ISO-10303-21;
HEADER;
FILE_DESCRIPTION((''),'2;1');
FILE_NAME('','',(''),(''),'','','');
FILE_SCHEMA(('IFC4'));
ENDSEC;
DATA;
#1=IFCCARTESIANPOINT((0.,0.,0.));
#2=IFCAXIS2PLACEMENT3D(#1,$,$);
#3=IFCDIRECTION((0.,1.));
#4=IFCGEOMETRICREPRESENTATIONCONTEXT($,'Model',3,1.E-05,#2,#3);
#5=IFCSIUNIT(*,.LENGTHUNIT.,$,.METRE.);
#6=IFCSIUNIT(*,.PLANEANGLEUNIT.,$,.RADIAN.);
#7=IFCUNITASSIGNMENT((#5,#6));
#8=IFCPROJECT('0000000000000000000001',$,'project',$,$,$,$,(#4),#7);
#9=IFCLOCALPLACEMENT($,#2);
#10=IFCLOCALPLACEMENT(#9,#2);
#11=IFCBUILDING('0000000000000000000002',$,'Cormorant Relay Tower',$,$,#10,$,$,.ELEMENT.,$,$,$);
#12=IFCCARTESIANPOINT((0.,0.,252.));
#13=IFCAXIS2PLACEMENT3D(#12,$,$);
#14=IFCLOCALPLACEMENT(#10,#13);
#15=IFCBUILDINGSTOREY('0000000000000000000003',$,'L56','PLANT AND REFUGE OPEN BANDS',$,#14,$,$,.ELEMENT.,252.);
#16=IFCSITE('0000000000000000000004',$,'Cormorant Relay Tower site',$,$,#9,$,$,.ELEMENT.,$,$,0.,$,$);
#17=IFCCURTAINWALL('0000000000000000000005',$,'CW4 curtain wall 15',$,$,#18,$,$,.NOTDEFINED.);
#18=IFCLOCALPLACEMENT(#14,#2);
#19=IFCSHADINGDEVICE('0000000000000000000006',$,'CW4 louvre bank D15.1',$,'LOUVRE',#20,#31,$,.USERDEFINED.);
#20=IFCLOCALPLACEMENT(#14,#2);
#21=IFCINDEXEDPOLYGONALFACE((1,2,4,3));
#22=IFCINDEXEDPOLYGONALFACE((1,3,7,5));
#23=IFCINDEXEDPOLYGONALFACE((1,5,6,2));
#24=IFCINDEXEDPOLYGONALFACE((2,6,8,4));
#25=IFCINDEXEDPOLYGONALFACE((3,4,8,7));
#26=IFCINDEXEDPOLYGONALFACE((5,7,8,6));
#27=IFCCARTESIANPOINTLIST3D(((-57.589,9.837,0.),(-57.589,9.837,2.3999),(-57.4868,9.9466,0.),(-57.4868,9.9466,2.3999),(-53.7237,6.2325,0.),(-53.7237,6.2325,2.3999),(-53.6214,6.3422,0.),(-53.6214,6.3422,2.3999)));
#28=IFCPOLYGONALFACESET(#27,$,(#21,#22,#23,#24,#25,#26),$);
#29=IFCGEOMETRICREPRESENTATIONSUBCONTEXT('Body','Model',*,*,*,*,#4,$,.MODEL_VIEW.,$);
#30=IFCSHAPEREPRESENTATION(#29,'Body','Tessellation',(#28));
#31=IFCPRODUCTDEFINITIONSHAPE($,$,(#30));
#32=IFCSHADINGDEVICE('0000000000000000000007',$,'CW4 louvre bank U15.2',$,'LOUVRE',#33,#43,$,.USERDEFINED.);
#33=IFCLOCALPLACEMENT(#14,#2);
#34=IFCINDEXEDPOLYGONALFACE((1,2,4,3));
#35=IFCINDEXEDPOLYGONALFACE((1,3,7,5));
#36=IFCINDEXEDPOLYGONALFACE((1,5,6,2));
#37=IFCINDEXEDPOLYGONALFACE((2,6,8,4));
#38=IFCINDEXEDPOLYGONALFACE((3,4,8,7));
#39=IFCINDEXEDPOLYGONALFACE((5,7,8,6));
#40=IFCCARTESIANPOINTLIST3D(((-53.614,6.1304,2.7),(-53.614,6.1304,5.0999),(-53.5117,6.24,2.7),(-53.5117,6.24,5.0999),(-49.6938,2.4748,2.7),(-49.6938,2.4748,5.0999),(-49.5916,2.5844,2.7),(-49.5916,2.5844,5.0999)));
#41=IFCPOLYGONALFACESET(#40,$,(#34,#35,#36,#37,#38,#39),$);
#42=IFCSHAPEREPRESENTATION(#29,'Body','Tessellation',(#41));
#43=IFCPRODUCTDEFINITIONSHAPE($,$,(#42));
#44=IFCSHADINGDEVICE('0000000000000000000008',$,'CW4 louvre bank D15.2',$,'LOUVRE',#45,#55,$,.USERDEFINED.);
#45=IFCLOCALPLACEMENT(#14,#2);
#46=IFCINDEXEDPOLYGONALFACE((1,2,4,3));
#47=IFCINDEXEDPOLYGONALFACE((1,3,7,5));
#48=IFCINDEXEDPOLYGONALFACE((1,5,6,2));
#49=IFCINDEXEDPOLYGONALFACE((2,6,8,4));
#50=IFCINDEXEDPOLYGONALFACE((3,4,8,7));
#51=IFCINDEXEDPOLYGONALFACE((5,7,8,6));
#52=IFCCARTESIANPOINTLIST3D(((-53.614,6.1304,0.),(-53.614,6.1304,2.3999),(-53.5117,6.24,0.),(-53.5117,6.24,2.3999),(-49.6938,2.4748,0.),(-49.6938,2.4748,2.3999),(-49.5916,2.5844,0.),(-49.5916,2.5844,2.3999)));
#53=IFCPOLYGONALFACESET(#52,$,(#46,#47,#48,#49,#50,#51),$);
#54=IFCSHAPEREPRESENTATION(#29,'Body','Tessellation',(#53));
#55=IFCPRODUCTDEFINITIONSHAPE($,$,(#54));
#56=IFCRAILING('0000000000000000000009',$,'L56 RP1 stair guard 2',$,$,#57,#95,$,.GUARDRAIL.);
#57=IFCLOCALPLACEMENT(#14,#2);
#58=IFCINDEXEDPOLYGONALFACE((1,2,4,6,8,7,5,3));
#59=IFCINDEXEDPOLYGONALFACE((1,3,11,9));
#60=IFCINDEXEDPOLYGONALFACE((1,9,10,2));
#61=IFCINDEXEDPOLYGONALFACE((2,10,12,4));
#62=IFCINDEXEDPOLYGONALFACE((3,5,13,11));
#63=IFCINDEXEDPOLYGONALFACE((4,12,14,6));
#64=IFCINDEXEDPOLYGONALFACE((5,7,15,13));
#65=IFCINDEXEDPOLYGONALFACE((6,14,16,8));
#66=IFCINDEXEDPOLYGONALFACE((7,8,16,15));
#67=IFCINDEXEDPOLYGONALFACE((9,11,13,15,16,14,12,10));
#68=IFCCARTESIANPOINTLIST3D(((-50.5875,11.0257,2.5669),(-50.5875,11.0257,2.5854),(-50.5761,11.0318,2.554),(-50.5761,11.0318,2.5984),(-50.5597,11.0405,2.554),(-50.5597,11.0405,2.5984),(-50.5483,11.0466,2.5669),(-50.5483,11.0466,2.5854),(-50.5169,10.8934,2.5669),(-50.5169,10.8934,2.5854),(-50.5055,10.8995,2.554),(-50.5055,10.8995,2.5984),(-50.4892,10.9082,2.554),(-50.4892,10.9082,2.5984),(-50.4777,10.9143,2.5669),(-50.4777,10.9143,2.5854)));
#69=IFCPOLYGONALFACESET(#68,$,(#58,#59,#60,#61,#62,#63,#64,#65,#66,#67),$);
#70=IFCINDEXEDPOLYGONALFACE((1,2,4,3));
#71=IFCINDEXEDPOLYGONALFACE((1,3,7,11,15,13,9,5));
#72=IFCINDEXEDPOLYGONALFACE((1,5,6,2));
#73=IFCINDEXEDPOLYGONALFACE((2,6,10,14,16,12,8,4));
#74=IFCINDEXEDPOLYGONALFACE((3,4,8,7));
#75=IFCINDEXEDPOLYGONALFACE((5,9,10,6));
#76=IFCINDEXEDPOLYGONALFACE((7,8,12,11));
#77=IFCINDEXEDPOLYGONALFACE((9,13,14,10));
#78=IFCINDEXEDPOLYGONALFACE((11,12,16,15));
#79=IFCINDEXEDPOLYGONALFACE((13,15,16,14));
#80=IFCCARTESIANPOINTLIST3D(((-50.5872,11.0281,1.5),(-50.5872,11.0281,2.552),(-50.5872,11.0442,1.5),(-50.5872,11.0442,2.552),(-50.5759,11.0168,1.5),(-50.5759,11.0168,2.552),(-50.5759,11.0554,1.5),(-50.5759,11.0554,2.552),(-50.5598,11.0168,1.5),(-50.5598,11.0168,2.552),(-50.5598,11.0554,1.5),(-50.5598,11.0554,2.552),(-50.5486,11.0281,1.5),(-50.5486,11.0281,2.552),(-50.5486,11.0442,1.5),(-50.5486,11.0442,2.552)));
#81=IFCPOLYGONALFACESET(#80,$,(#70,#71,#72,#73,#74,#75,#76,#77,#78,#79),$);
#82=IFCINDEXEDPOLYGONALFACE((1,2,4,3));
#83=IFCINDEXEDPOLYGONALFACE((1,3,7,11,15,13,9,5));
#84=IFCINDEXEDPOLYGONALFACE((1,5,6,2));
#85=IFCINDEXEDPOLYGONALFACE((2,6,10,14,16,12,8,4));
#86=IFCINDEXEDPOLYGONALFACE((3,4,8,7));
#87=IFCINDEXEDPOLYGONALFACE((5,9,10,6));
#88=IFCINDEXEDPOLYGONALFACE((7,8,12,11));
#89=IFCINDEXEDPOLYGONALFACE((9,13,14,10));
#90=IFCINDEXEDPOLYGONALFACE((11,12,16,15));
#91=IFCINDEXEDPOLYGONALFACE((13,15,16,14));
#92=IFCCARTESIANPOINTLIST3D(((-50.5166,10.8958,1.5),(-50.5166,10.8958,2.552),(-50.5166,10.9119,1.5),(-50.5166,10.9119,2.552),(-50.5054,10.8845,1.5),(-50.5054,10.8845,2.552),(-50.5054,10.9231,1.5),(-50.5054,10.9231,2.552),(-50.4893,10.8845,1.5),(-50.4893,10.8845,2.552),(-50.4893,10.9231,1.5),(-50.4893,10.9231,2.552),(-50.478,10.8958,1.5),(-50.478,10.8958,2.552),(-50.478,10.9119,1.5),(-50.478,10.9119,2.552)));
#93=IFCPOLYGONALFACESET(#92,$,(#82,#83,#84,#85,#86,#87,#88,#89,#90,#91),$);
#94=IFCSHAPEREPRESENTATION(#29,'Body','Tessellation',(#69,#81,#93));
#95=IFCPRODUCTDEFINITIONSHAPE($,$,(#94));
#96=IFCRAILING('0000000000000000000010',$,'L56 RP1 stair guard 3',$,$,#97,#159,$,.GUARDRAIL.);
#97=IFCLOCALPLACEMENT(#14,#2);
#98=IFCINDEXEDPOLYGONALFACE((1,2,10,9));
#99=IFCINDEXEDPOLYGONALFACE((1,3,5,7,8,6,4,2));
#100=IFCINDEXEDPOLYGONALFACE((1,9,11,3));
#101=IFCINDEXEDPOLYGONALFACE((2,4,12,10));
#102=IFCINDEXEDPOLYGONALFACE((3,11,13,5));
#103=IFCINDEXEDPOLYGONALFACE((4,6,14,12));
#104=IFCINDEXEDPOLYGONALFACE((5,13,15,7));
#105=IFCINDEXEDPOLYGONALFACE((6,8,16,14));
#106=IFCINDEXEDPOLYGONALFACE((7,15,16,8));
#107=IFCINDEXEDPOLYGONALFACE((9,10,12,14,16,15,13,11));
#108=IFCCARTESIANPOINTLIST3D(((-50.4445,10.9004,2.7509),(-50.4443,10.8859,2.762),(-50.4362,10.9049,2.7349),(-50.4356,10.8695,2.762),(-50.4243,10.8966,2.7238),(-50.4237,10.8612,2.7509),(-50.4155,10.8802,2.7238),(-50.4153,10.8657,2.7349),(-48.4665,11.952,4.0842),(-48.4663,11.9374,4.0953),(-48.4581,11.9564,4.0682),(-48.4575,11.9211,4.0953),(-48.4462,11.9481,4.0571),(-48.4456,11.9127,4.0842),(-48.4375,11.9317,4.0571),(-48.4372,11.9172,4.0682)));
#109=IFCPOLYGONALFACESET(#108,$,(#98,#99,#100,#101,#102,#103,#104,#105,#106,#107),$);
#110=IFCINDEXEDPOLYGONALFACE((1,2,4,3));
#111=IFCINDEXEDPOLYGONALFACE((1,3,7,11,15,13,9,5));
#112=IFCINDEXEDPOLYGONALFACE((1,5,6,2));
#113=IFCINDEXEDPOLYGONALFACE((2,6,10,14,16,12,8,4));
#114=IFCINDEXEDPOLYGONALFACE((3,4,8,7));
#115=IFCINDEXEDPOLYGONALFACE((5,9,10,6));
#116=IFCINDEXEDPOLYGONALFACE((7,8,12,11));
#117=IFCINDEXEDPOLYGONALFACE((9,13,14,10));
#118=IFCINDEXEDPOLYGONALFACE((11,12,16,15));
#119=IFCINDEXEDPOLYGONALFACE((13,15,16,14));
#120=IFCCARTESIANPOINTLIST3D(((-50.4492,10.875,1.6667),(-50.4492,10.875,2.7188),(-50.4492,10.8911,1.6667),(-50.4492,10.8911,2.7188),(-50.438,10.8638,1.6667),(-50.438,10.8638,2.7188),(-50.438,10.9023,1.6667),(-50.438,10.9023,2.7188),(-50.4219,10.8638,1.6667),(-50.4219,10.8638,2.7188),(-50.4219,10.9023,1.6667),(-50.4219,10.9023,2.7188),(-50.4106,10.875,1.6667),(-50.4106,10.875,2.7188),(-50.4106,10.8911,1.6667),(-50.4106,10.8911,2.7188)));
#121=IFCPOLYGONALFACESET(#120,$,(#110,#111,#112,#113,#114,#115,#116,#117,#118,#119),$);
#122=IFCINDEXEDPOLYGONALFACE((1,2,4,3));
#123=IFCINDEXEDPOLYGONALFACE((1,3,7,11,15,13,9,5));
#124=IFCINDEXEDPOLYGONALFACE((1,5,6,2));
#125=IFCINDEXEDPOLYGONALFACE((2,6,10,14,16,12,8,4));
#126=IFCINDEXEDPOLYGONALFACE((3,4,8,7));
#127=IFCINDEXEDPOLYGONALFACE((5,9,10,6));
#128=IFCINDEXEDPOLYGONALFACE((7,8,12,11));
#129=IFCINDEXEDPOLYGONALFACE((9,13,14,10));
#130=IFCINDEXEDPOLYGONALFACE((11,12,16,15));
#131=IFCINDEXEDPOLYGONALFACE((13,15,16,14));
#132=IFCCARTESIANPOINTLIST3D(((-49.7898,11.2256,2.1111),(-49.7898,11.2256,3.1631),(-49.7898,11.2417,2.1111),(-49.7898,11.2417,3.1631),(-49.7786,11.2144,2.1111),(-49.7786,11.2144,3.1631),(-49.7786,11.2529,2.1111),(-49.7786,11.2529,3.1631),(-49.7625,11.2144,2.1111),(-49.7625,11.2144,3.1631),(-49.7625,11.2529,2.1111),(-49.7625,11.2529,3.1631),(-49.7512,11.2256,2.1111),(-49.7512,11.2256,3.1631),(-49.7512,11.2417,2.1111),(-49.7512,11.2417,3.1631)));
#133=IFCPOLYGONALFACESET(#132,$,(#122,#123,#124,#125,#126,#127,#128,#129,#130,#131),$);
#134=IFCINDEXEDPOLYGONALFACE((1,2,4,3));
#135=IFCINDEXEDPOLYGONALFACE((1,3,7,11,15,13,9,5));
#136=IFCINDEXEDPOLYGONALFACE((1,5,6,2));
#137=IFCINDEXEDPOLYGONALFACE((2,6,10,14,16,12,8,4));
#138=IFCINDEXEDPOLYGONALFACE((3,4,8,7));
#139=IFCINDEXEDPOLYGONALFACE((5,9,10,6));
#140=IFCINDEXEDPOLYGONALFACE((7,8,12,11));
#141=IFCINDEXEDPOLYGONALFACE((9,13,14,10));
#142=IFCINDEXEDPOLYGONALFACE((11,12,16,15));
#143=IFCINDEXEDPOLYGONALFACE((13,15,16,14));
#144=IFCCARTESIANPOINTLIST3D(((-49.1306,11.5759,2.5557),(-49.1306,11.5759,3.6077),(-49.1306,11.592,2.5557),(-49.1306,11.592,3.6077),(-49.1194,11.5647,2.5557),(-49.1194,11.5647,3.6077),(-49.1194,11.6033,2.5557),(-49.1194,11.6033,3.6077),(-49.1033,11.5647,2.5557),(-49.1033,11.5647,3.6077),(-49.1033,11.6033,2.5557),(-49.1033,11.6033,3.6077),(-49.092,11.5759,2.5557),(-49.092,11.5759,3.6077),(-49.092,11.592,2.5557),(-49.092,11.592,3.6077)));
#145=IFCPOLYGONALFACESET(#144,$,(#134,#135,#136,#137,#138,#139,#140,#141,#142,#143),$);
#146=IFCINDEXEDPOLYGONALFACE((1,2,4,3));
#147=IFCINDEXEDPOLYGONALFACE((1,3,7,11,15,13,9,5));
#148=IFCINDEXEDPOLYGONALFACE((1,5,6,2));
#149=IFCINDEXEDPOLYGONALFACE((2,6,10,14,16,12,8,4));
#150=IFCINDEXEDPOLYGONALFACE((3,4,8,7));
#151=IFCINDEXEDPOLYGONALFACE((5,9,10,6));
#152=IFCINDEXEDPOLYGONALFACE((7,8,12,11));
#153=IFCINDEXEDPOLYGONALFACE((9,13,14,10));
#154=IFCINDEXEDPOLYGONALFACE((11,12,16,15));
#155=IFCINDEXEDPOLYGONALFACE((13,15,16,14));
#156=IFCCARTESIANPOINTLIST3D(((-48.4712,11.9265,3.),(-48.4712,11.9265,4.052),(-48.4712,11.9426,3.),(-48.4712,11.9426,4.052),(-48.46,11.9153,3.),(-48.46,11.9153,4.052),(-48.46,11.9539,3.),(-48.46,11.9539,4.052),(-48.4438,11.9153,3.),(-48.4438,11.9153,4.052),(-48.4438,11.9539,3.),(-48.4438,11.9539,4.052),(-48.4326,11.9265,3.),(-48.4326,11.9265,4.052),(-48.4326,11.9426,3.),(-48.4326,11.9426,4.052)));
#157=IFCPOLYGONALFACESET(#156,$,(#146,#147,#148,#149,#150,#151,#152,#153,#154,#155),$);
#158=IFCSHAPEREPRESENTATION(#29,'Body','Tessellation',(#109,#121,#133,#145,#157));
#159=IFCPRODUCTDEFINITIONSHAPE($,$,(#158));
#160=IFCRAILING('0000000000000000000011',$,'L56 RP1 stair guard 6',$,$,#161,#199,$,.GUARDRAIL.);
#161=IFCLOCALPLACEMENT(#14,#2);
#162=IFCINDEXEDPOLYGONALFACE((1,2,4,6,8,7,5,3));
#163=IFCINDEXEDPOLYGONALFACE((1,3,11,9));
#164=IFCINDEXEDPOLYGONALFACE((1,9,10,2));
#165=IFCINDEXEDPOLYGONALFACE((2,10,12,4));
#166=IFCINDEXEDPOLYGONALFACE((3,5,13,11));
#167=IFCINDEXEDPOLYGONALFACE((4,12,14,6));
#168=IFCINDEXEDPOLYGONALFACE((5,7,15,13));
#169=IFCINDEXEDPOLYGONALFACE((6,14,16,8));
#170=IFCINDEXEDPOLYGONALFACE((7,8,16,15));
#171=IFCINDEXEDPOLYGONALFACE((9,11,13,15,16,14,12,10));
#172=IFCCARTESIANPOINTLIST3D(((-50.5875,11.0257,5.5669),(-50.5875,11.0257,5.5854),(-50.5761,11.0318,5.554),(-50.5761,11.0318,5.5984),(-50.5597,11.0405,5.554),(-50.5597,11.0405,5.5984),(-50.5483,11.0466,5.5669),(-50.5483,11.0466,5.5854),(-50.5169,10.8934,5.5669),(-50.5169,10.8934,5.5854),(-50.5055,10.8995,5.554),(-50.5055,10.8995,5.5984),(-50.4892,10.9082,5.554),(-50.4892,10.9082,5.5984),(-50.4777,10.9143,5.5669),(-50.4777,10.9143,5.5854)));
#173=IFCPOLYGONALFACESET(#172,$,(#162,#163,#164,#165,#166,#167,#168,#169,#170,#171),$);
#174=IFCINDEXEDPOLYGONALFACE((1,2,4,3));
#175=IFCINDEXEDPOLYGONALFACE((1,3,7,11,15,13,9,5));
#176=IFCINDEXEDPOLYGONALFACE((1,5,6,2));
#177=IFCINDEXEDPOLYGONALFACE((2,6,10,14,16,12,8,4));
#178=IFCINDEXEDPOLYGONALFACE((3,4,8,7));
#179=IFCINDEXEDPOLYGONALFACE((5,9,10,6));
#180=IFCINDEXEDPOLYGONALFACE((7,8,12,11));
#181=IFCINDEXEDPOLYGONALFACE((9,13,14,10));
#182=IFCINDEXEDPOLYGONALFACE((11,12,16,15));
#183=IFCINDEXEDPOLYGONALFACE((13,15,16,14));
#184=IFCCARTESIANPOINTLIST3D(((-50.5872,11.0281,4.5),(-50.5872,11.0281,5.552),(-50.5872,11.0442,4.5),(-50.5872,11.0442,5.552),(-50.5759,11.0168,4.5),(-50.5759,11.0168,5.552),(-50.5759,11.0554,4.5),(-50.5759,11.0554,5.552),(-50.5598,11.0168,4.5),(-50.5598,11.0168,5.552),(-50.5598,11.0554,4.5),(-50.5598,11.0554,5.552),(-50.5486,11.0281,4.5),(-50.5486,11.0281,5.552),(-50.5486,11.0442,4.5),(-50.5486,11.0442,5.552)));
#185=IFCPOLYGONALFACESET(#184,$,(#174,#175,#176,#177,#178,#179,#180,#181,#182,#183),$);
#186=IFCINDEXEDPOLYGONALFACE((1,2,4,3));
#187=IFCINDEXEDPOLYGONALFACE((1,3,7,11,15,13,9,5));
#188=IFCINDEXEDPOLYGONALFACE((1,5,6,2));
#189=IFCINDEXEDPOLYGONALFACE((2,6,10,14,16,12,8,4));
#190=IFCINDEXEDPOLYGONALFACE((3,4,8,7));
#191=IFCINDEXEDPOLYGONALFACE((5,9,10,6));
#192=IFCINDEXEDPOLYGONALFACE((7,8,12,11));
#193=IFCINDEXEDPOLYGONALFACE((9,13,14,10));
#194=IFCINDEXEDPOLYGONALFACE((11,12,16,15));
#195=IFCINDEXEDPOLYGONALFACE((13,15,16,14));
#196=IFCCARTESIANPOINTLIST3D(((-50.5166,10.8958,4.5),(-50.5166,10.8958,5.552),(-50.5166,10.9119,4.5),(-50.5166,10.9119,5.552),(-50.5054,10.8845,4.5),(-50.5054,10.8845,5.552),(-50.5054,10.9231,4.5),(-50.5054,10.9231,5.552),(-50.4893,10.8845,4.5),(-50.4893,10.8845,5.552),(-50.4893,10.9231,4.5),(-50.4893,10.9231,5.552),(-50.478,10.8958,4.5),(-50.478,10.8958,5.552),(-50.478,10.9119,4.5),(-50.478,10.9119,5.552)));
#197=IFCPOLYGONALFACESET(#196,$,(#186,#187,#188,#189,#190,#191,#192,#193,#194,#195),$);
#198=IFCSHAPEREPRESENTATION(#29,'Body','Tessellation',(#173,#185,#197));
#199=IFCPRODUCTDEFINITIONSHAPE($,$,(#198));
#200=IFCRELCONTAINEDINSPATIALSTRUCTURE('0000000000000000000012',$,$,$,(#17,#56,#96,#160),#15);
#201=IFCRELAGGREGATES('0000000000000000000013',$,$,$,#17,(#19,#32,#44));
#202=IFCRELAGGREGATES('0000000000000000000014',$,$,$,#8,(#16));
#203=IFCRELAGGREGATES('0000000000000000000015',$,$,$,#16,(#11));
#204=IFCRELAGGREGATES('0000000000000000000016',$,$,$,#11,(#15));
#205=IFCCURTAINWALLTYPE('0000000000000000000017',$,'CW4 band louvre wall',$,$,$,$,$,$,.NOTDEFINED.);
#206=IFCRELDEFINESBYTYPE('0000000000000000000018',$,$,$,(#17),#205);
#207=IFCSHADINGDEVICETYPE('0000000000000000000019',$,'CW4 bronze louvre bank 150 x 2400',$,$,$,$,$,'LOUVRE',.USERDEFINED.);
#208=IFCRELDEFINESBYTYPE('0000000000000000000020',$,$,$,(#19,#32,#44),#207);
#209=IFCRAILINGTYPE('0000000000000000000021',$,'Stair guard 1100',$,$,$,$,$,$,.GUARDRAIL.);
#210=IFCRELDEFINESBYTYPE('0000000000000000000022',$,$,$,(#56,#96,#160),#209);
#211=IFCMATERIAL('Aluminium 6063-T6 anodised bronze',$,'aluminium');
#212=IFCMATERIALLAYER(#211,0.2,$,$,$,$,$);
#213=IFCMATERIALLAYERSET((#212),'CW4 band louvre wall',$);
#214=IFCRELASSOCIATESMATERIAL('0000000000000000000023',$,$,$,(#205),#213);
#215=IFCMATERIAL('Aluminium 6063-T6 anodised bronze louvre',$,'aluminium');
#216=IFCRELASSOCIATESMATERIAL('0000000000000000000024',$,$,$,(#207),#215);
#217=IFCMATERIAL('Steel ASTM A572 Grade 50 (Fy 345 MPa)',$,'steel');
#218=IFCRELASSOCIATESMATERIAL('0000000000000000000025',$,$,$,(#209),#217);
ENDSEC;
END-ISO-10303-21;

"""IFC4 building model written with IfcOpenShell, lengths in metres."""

from ifc_helpers import new_model, si_unit, direction, frame, origin, origin_2d, place, context, subcontext, project, spatial, polyline, rectangle, outline, extrude, material, layer, layer_set, type_object, element, aggregate, save


model = new_model("IFC4")

# Units and contexts
model_context = context("Model", 3, precision=1e-05, world=origin(), true_north=direction((0.0, 1.0)))
body_context = subcontext(model_context, "Body", "Model", "MODEL_VIEW")
ifc_project = project(units=[si_unit("LENGTHUNIT", "METRE"), si_unit("PLANEANGLEUNIT", "RADIAN")], contexts=[model_context])

# Site, building, storey
site_placement = place(None, origin())
site = spatial("IfcSite", under=ifc_project, at=site_placement, Name="Cormorant Relay Tower site", CompositionType="ELEMENT", RefElevation=0.0)
building_placement = place(site_placement, origin())
building = spatial("IfcBuilding", under=site, at=building_placement, Name="Cormorant Relay Tower", CompositionType="ELEMENT")
storey_placement = place(building_placement, frame((0.0, 0.0, 252.0)))
storey = spatial("IfcBuildingStorey", under=building, at=storey_placement, Name="L56", Description="PLANT AND REFUGE OPEN BANDS", CompositionType="ELEMENT", Elevation=252.0)

# Curtain wall
ifc_material_1 = material(Name="Aluminium 6063-T6 anodised bronze", Category="aluminium")
ifc_layer_1 = layer(ifc_material_1, 0.2)
ifc_layer_set_1 = layer_set([ifc_layer_1], Name="CW4 band louvre wall")
curtain_wall_type = type_object("IfcCurtainWallType", Name="CW4 band louvre wall", PredefinedType="NOTDEFINED", material=ifc_layer_set_1)
curtain_wall_1_placement = place(storey_placement, origin())
curtain_wall_1 = element("IfcCurtainWall", 1, at=curtain_wall_1_placement, inside=storey, type_object=curtain_wall_type, Name="CW4 curtain wall 15", PredefinedType="NOTDEFINED")

# Shared definitions
ifc_material_2 = material(Name="Aluminium 6063-T6 anodised bronze louvre", Category="aluminium")
shading_device_type = type_object("IfcShadingDeviceType", Name="CW4 bronze louvre bank 150 x 2400", ElementType="LOUVRE", PredefinedType="USERDEFINED", material=ifc_material_2)

# Shading devices
shading_device_1_placement = place(storey_placement, frame((-55.6052, 8.0896, 0.0), z_axis=(0.0, 0.0, 1.0), x_axis=(0.731354, -0.681998, 0.0)))
shading_device_1 = element("IfcShadingDevice", 2, at=shading_device_1_placement, type_object=shading_device_type, Name="CW4 louvre bank D15.1", ObjectType="LOUVRE", PredefinedType="USERDEFINED", context=body_context, shape_type="SweptSolid", body=[
    extrude(rectangle(XDim=5.2852, YDim=0.1499, at=origin_2d()), origin(), (0.0, 0.0, 1.0), 2.3999),
])
shading_device_2_placement = place(storey_placement, frame((-51.6028, 4.3574, 2.7), z_axis=(0.0, 0.0, 1.0), x_axis=(0.731354, -0.681998, 0.0)))
shading_device_2 = element("IfcShadingDevice", 3, at=shading_device_2_placement, type_object=shading_device_type, Name="CW4 louvre bank U15.2", ObjectType="LOUVRE", PredefinedType="USERDEFINED", context=body_context, shape_type="SweptSolid", body=[
    extrude(rectangle(XDim=5.3601, YDim=0.1499, at=origin_2d()), origin(), (0.0, 0.0, 1.0), 2.3999),
])
shading_device_3_placement = place(storey_placement, frame((-51.6028, 4.3574, 0.0), z_axis=(0.0, 0.0, 1.0), x_axis=(0.731354, -0.681998, 0.0)))
shading_device_3 = element("IfcShadingDevice", 4, at=shading_device_3_placement, type_object=shading_device_type, Name="CW4 louvre bank D15.2", ObjectType="LOUVRE", PredefinedType="USERDEFINED", context=body_context, shape_type="SweptSolid", body=[
    extrude(rectangle(XDim=5.3601, YDim=0.1499, at=origin_2d()), origin(), (0.0, 0.0, 1.0), 2.3999),
])
aggregate(curtain_wall_1, [shading_device_1, shading_device_2, shading_device_3])

# Railings
ifc_material_3 = material(Name="Steel ASTM A572 Grade 50 (Fy 345 MPa)", Category="steel")
railing_type_1 = type_object("IfcRailingType", Name="Stair guard 1100", PredefinedType="GUARDRAIL", material=ifc_material_3)
railing_1_placement = place(storey_placement, frame((-50.5679, 11.0361, 1.5)))
element("IfcRailing", 5, at=railing_1_placement, inside=storey, type_object=railing_type_1, Name="L56 RP1 stair guard 2", PredefinedType="GUARDRAIL", context=body_context, shape_type="SweptSolid", body=[
    extrude(outline(polyline([(0.0222, 0.0093), (0.0093, 0.0222), (-0.0093, 0.0222), (-0.0222, 0.0093), (-0.0222, -0.0093), (-0.0093, -0.0222), (0.0093, -0.0222), (0.0222, -0.0093), (0.0222, 0.0093)])), frame((0.0, 0.0, 1.0762), z_axis=(0.470504, -0.882398, 0.0), x_axis=(0.882398, 0.470504, 0.0)), (0.0, 0.0, 1.0), 0.1499),
    extrude(outline(polyline([(0.0193, 0.0081), (0.0081, 0.0193), (-0.0081, 0.0193), (-0.0193, 0.0081), (-0.0193, -0.0081), (-0.0081, -0.0193), (0.0081, -0.0193), (0.0193, -0.0081), (0.0193, 0.0081)])), origin(), (0.0, 0.0, 1.0), 1.052),
    extrude(outline(polyline([(0.0193, 0.0081), (0.0081, 0.0193), (-0.0081, 0.0193), (-0.0193, 0.0081), (-0.0193, -0.0081), (-0.0081, -0.0193), (0.0081, -0.0193), (0.0193, -0.0081), (0.0193, 0.0081)])), frame((0.0706, -0.1323, 0.0)), (0.0, 0.0, 1.0), 1.052),
])
railing_2_placement = place(storey_placement, frame((-50.4299, 10.8831, 1.6667)))
element("IfcRailing", 6, at=railing_2_placement, inside=storey, type_object=railing_type_1, Name="L56 RP1 stair guard 3", PredefinedType="GUARDRAIL", context=body_context, shape_type="SweptSolid", body=[
    extrude(outline(polyline([(0.0222, 0.0093), (0.0093, 0.0222), (-0.0093, 0.0222), (-0.0222, 0.0093), (-0.0222, -0.0093), (-0.0093, -0.0222), (0.0093, -0.0222), (0.0222, -0.0093), (0.0222, 0.0093)])), frame((0.0, 0.0, 1.0762), z_axis=(0.758771, 0.403361, 0.511435), x_axis=(-0.469394, 0.882989, 0.0)), (0.0, 0.0, 1.0), 2.6069),
    extrude(outline(polyline([(0.0193, 0.0081), (0.0081, 0.0193), (-0.0081, 0.0193), (-0.0193, 0.0081), (-0.0193, -0.0081), (-0.0081, -0.0193), (0.0081, -0.0193), (0.0193, -0.0081), (0.0193, 0.0081)])), origin(), (0.0, 0.0, 1.0), 1.052),
    extrude(outline(polyline([(0.0193, 0.0081), (0.0081, 0.0193), (-0.0081, 0.0193), (-0.0193, 0.0081), (-0.0193, -0.0081), (-0.0081, -0.0193), (0.0081, -0.0193), (0.0193, -0.0081), (0.0193, 0.0081)])), frame((0.6594, 0.3506, 0.4443)), (0.0, 0.0, 1.0), 1.052),
    extrude(outline(polyline([(0.0193, 0.0081), (0.0081, 0.0193), (-0.0081, 0.0193), (-0.0193, 0.0081), (-0.0193, -0.0081), (-0.0081, -0.0193), (0.0081, -0.0193), (0.0193, -0.0081), (0.0193, 0.0081)])), frame((1.3186, 0.7009, 0.8889)), (0.0, 0.0, 1.0), 1.052),
    extrude(outline(polyline([(0.0193, 0.0081), (0.0081, 0.0193), (-0.0081, 0.0193), (-0.0193, 0.0081), (-0.0193, -0.0081), (-0.0081, -0.0193), (0.0081, -0.0193), (0.0193, -0.0081), (0.0193, 0.0081)])), frame((1.978, 1.0515, 1.3333)), (0.0, 0.0, 1.0), 1.052),
])
railing_3_placement = place(storey_placement, frame((-50.5679, 11.0361, 4.5)))
element("IfcRailing", 7, at=railing_3_placement, inside=storey, type_object=railing_type_1, Name="L56 RP1 stair guard 6", PredefinedType="GUARDRAIL", context=body_context, shape_type="SweptSolid", body=[
    extrude(outline(polyline([(0.0222, 0.0093), (0.0093, 0.0222), (-0.0093, 0.0222), (-0.0222, 0.0093), (-0.0222, -0.0093), (-0.0093, -0.0222), (0.0093, -0.0222), (0.0222, -0.0093), (0.0222, 0.0093)])), frame((0.0, 0.0, 1.0762), z_axis=(0.470504, -0.882398, 0.0), x_axis=(0.882398, 0.470504, 0.0)), (0.0, 0.0, 1.0), 0.1499),
    extrude(outline(polyline([(0.0193, 0.0081), (0.0081, 0.0193), (-0.0081, 0.0193), (-0.0193, 0.0081), (-0.0193, -0.0081), (-0.0081, -0.0193), (0.0081, -0.0193), (0.0193, -0.0081), (0.0193, 0.0081)])), origin(), (0.0, 0.0, 1.0), 1.052),
    extrude(outline(polyline([(0.0193, 0.0081), (0.0081, 0.0193), (-0.0081, 0.0193), (-0.0193, 0.0081), (-0.0193, -0.0081), (-0.0081, -0.0193), (0.0081, -0.0193), (0.0193, -0.0081), (0.0193, 0.0081)])), frame((0.0706, -0.1323, 0.0)), (0.0, 0.0, 1.0), 1.052),
])

save(model, "model.ifc")
